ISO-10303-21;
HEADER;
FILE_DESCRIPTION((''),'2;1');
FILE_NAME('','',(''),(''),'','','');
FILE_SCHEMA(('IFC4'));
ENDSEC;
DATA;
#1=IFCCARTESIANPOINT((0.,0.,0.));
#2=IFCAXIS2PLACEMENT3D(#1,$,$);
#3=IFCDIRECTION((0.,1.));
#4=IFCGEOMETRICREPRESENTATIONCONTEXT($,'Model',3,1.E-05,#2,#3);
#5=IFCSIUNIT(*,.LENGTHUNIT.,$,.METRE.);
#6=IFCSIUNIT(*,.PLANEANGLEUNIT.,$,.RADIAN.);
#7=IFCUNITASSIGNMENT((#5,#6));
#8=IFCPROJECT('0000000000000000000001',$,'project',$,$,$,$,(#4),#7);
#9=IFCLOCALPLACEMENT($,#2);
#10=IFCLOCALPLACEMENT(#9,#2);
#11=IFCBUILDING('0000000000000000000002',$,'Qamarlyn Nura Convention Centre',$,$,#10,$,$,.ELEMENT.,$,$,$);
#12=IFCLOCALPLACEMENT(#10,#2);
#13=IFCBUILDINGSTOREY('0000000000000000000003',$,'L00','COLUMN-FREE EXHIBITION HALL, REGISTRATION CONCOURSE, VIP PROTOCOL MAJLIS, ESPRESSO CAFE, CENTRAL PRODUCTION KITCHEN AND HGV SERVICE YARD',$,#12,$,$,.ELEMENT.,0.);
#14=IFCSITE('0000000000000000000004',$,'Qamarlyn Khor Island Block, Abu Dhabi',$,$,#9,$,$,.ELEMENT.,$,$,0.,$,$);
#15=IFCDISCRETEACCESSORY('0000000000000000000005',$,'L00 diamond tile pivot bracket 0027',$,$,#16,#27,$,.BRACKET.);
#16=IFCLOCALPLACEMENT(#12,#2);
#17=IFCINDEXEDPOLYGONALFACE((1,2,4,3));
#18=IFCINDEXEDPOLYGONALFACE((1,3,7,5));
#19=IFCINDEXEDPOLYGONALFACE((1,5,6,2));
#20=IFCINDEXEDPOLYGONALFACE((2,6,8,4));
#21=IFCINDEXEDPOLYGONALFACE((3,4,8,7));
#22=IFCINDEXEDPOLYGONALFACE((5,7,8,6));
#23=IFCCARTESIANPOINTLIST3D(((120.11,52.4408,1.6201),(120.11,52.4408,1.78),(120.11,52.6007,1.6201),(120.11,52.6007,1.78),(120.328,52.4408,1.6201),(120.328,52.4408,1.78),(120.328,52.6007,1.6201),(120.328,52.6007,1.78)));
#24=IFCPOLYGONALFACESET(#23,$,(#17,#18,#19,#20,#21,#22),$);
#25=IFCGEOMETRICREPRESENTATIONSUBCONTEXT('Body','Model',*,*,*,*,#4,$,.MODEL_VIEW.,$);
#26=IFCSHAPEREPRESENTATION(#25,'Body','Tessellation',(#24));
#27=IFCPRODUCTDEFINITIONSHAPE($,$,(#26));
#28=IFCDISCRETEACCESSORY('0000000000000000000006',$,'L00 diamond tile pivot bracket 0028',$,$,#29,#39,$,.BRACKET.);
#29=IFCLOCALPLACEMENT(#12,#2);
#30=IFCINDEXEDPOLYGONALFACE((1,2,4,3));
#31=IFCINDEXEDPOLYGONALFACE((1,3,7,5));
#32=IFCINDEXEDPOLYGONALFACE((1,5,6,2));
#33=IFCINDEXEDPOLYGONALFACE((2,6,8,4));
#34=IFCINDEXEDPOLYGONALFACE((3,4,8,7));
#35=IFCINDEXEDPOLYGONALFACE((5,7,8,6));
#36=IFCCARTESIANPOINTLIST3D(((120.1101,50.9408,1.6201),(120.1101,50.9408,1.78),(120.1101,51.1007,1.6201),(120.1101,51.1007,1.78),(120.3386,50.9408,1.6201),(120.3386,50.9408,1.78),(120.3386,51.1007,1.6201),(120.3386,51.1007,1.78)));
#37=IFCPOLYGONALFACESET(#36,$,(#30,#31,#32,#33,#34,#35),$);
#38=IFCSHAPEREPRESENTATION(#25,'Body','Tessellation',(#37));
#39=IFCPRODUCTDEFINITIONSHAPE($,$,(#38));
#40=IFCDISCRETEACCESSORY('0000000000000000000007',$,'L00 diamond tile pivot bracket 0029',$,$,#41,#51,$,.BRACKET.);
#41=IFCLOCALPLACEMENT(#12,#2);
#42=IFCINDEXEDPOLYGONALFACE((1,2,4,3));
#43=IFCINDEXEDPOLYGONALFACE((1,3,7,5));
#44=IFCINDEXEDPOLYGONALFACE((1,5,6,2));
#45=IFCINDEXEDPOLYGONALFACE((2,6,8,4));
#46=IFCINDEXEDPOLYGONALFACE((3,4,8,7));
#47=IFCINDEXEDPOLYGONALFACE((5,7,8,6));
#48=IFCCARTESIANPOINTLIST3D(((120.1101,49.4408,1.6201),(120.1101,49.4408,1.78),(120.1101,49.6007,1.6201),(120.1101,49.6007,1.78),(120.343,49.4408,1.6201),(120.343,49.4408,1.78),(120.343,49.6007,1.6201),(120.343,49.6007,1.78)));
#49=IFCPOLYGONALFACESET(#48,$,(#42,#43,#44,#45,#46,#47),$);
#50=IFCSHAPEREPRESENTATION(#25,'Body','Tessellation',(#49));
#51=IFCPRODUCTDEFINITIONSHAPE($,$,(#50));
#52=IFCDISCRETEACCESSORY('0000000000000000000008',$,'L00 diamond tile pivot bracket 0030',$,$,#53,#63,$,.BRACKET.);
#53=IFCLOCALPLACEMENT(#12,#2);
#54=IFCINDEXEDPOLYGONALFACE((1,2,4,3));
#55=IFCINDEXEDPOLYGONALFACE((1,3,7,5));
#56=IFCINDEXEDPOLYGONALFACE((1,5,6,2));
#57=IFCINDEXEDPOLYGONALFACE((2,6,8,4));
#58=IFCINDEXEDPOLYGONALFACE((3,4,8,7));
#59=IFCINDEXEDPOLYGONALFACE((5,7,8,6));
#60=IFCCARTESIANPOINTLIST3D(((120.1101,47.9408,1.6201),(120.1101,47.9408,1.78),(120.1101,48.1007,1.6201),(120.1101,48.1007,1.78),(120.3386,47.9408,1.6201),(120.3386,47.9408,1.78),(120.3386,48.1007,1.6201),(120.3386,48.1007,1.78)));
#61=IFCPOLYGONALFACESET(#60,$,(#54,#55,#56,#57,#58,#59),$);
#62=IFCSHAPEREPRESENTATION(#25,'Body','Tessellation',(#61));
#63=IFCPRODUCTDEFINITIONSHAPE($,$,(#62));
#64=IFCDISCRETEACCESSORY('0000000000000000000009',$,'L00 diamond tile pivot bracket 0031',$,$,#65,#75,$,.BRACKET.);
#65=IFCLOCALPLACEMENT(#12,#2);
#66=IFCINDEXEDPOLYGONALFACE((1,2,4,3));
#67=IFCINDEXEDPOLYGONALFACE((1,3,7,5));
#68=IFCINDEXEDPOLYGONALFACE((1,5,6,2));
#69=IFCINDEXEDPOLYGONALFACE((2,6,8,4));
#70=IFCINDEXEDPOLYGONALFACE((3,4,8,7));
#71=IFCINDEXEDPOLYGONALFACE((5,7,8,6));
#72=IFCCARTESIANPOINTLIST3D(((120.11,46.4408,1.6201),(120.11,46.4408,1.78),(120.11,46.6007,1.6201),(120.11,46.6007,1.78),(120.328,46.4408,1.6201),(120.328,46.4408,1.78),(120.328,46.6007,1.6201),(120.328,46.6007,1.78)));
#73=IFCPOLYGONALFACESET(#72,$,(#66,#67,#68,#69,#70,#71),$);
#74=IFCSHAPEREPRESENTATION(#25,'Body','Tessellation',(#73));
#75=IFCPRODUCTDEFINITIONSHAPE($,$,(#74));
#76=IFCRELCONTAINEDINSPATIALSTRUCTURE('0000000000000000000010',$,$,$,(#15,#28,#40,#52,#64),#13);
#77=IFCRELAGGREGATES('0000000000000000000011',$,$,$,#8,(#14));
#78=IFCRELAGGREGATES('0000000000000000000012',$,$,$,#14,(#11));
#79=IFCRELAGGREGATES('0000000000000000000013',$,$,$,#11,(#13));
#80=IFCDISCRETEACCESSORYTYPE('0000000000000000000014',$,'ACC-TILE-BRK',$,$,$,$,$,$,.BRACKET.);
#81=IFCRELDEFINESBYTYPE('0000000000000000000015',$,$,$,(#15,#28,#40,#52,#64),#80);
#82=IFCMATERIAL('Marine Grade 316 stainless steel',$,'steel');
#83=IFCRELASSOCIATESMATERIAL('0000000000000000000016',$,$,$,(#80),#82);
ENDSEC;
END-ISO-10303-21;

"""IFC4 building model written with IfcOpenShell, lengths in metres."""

from ifc_helpers import new_model, si_unit, direction, frame, origin, origin_2d, place, context, subcontext, project, spatial, rectangle, extrude, material, type_object, element, save


model = new_model("IFC4")

# Units and contexts
model_context = context("Model", 3, precision=1e-05, world=origin(), true_north=direction((0.0, 1.0)))
body_context = subcontext(model_context, "Body", "Model", "MODEL_VIEW")
ifc_project = project(units=[si_unit("LENGTHUNIT", "METRE"), si_unit("PLANEANGLEUNIT", "RADIAN")], contexts=[model_context])

# Site, building, storey
site_placement = place(None, origin())
site = spatial("IfcSite", under=ifc_project, at=site_placement, Name="Qamarlyn Khor Island Block, Abu Dhabi", CompositionType="ELEMENT", RefElevation=0.0)
building_placement = place(site_placement, origin())
building = spatial("IfcBuilding", under=site, at=building_placement, Name="Qamarlyn Nura Convention Centre", CompositionType="ELEMENT")
storey_placement = place(building_placement, origin())
storey = spatial("IfcBuildingStorey", under=building, at=storey_placement, Name="L00", Description="COLUMN-FREE EXHIBITION HALL, REGISTRATION CONCOURSE, VIP PROTOCOL MAJLIS, ESPRESSO CAFE, CENTRAL PRODUCTION KITCHEN AND HGV SERVICE YARD", CompositionType="ELEMENT", Elevation=0.0)

# Discrete accessories
ifc_material_1 = material(Name="Marine Grade 316 stainless steel", Category="steel")
discrete_accessory_type = type_object("IfcDiscreteAccessoryType", Name="ACC-TILE-BRK", PredefinedType="BRACKET", material=ifc_material_1)
discrete_accessory_1_placement = place(storey_placement, frame((120.219, 52.5208, 1.6201), z_axis=(0.0, 0.0, 1.0), x_axis=(1.0, 0.0, 0.0)))
element("IfcDiscreteAccessory", 1, at=discrete_accessory_1_placement, inside=storey, type_object=discrete_accessory_type, Name="L00 diamond tile pivot bracket 0027", PredefinedType="BRACKET", context=body_context, shape_type="SweptSolid", body=[
    extrude(rectangle(XDim=0.218, YDim=0.1599, at=origin_2d()), origin(), (0.0, 0.0, 1.0), 0.1599),
])
discrete_accessory_2_placement = place(storey_placement, frame((120.2244, 51.0208, 1.6201), z_axis=(0.0, 0.0, 1.0), x_axis=(1.0, 0.0, 0.0)))
element("IfcDiscreteAccessory", 2, at=discrete_accessory_2_placement, inside=storey, type_object=discrete_accessory_type, Name="L00 diamond tile pivot bracket 0028", PredefinedType="BRACKET", context=body_context, shape_type="SweptSolid", body=[
    extrude(rectangle(XDim=0.2285, YDim=0.1599, at=origin_2d()), origin(), (0.0, 0.0, 1.0), 0.1599),
])
discrete_accessory_3_placement = place(storey_placement, frame((120.2266, 49.5208, 1.6201), z_axis=(0.0, 0.0, 1.0), x_axis=(1.0, 0.0, 0.0)))
element("IfcDiscreteAccessory", 3, at=discrete_accessory_3_placement, inside=storey, type_object=discrete_accessory_type, Name="L00 diamond tile pivot bracket 0029", PredefinedType="BRACKET", context=body_context, shape_type="SweptSolid", body=[
    extrude(rectangle(XDim=0.2329, YDim=0.1599, at=origin_2d()), origin(), (0.0, 0.0, 1.0), 0.1599),
])
discrete_accessory_4_placement = place(storey_placement, frame((120.2244, 48.0208, 1.6201), z_axis=(0.0, 0.0, 1.0), x_axis=(1.0, 0.0, 0.0)))
element("IfcDiscreteAccessory", 4, at=discrete_accessory_4_placement, inside=storey, type_object=discrete_accessory_type, Name="L00 diamond tile pivot bracket 0030", PredefinedType="BRACKET", context=body_context, shape_type="SweptSolid", body=[
    extrude(rectangle(XDim=0.2285, YDim=0.1599, at=origin_2d()), origin(), (0.0, 0.0, 1.0), 0.1599),
])
discrete_accessory_5_placement = place(storey_placement, frame((120.219, 46.5208, 1.6201), z_axis=(0.0, 0.0, 1.0), x_axis=(1.0, 0.0, 0.0)))
element("IfcDiscreteAccessory", 5, at=discrete_accessory_5_placement, inside=storey, type_object=discrete_accessory_type, Name="L00 diamond tile pivot bracket 0031", PredefinedType="BRACKET", context=body_context, shape_type="SweptSolid", body=[
    extrude(rectangle(XDim=0.218, YDim=0.1599, at=origin_2d()), origin(), (0.0, 0.0, 1.0), 0.1599),
])

save(model, "model.ifc")
